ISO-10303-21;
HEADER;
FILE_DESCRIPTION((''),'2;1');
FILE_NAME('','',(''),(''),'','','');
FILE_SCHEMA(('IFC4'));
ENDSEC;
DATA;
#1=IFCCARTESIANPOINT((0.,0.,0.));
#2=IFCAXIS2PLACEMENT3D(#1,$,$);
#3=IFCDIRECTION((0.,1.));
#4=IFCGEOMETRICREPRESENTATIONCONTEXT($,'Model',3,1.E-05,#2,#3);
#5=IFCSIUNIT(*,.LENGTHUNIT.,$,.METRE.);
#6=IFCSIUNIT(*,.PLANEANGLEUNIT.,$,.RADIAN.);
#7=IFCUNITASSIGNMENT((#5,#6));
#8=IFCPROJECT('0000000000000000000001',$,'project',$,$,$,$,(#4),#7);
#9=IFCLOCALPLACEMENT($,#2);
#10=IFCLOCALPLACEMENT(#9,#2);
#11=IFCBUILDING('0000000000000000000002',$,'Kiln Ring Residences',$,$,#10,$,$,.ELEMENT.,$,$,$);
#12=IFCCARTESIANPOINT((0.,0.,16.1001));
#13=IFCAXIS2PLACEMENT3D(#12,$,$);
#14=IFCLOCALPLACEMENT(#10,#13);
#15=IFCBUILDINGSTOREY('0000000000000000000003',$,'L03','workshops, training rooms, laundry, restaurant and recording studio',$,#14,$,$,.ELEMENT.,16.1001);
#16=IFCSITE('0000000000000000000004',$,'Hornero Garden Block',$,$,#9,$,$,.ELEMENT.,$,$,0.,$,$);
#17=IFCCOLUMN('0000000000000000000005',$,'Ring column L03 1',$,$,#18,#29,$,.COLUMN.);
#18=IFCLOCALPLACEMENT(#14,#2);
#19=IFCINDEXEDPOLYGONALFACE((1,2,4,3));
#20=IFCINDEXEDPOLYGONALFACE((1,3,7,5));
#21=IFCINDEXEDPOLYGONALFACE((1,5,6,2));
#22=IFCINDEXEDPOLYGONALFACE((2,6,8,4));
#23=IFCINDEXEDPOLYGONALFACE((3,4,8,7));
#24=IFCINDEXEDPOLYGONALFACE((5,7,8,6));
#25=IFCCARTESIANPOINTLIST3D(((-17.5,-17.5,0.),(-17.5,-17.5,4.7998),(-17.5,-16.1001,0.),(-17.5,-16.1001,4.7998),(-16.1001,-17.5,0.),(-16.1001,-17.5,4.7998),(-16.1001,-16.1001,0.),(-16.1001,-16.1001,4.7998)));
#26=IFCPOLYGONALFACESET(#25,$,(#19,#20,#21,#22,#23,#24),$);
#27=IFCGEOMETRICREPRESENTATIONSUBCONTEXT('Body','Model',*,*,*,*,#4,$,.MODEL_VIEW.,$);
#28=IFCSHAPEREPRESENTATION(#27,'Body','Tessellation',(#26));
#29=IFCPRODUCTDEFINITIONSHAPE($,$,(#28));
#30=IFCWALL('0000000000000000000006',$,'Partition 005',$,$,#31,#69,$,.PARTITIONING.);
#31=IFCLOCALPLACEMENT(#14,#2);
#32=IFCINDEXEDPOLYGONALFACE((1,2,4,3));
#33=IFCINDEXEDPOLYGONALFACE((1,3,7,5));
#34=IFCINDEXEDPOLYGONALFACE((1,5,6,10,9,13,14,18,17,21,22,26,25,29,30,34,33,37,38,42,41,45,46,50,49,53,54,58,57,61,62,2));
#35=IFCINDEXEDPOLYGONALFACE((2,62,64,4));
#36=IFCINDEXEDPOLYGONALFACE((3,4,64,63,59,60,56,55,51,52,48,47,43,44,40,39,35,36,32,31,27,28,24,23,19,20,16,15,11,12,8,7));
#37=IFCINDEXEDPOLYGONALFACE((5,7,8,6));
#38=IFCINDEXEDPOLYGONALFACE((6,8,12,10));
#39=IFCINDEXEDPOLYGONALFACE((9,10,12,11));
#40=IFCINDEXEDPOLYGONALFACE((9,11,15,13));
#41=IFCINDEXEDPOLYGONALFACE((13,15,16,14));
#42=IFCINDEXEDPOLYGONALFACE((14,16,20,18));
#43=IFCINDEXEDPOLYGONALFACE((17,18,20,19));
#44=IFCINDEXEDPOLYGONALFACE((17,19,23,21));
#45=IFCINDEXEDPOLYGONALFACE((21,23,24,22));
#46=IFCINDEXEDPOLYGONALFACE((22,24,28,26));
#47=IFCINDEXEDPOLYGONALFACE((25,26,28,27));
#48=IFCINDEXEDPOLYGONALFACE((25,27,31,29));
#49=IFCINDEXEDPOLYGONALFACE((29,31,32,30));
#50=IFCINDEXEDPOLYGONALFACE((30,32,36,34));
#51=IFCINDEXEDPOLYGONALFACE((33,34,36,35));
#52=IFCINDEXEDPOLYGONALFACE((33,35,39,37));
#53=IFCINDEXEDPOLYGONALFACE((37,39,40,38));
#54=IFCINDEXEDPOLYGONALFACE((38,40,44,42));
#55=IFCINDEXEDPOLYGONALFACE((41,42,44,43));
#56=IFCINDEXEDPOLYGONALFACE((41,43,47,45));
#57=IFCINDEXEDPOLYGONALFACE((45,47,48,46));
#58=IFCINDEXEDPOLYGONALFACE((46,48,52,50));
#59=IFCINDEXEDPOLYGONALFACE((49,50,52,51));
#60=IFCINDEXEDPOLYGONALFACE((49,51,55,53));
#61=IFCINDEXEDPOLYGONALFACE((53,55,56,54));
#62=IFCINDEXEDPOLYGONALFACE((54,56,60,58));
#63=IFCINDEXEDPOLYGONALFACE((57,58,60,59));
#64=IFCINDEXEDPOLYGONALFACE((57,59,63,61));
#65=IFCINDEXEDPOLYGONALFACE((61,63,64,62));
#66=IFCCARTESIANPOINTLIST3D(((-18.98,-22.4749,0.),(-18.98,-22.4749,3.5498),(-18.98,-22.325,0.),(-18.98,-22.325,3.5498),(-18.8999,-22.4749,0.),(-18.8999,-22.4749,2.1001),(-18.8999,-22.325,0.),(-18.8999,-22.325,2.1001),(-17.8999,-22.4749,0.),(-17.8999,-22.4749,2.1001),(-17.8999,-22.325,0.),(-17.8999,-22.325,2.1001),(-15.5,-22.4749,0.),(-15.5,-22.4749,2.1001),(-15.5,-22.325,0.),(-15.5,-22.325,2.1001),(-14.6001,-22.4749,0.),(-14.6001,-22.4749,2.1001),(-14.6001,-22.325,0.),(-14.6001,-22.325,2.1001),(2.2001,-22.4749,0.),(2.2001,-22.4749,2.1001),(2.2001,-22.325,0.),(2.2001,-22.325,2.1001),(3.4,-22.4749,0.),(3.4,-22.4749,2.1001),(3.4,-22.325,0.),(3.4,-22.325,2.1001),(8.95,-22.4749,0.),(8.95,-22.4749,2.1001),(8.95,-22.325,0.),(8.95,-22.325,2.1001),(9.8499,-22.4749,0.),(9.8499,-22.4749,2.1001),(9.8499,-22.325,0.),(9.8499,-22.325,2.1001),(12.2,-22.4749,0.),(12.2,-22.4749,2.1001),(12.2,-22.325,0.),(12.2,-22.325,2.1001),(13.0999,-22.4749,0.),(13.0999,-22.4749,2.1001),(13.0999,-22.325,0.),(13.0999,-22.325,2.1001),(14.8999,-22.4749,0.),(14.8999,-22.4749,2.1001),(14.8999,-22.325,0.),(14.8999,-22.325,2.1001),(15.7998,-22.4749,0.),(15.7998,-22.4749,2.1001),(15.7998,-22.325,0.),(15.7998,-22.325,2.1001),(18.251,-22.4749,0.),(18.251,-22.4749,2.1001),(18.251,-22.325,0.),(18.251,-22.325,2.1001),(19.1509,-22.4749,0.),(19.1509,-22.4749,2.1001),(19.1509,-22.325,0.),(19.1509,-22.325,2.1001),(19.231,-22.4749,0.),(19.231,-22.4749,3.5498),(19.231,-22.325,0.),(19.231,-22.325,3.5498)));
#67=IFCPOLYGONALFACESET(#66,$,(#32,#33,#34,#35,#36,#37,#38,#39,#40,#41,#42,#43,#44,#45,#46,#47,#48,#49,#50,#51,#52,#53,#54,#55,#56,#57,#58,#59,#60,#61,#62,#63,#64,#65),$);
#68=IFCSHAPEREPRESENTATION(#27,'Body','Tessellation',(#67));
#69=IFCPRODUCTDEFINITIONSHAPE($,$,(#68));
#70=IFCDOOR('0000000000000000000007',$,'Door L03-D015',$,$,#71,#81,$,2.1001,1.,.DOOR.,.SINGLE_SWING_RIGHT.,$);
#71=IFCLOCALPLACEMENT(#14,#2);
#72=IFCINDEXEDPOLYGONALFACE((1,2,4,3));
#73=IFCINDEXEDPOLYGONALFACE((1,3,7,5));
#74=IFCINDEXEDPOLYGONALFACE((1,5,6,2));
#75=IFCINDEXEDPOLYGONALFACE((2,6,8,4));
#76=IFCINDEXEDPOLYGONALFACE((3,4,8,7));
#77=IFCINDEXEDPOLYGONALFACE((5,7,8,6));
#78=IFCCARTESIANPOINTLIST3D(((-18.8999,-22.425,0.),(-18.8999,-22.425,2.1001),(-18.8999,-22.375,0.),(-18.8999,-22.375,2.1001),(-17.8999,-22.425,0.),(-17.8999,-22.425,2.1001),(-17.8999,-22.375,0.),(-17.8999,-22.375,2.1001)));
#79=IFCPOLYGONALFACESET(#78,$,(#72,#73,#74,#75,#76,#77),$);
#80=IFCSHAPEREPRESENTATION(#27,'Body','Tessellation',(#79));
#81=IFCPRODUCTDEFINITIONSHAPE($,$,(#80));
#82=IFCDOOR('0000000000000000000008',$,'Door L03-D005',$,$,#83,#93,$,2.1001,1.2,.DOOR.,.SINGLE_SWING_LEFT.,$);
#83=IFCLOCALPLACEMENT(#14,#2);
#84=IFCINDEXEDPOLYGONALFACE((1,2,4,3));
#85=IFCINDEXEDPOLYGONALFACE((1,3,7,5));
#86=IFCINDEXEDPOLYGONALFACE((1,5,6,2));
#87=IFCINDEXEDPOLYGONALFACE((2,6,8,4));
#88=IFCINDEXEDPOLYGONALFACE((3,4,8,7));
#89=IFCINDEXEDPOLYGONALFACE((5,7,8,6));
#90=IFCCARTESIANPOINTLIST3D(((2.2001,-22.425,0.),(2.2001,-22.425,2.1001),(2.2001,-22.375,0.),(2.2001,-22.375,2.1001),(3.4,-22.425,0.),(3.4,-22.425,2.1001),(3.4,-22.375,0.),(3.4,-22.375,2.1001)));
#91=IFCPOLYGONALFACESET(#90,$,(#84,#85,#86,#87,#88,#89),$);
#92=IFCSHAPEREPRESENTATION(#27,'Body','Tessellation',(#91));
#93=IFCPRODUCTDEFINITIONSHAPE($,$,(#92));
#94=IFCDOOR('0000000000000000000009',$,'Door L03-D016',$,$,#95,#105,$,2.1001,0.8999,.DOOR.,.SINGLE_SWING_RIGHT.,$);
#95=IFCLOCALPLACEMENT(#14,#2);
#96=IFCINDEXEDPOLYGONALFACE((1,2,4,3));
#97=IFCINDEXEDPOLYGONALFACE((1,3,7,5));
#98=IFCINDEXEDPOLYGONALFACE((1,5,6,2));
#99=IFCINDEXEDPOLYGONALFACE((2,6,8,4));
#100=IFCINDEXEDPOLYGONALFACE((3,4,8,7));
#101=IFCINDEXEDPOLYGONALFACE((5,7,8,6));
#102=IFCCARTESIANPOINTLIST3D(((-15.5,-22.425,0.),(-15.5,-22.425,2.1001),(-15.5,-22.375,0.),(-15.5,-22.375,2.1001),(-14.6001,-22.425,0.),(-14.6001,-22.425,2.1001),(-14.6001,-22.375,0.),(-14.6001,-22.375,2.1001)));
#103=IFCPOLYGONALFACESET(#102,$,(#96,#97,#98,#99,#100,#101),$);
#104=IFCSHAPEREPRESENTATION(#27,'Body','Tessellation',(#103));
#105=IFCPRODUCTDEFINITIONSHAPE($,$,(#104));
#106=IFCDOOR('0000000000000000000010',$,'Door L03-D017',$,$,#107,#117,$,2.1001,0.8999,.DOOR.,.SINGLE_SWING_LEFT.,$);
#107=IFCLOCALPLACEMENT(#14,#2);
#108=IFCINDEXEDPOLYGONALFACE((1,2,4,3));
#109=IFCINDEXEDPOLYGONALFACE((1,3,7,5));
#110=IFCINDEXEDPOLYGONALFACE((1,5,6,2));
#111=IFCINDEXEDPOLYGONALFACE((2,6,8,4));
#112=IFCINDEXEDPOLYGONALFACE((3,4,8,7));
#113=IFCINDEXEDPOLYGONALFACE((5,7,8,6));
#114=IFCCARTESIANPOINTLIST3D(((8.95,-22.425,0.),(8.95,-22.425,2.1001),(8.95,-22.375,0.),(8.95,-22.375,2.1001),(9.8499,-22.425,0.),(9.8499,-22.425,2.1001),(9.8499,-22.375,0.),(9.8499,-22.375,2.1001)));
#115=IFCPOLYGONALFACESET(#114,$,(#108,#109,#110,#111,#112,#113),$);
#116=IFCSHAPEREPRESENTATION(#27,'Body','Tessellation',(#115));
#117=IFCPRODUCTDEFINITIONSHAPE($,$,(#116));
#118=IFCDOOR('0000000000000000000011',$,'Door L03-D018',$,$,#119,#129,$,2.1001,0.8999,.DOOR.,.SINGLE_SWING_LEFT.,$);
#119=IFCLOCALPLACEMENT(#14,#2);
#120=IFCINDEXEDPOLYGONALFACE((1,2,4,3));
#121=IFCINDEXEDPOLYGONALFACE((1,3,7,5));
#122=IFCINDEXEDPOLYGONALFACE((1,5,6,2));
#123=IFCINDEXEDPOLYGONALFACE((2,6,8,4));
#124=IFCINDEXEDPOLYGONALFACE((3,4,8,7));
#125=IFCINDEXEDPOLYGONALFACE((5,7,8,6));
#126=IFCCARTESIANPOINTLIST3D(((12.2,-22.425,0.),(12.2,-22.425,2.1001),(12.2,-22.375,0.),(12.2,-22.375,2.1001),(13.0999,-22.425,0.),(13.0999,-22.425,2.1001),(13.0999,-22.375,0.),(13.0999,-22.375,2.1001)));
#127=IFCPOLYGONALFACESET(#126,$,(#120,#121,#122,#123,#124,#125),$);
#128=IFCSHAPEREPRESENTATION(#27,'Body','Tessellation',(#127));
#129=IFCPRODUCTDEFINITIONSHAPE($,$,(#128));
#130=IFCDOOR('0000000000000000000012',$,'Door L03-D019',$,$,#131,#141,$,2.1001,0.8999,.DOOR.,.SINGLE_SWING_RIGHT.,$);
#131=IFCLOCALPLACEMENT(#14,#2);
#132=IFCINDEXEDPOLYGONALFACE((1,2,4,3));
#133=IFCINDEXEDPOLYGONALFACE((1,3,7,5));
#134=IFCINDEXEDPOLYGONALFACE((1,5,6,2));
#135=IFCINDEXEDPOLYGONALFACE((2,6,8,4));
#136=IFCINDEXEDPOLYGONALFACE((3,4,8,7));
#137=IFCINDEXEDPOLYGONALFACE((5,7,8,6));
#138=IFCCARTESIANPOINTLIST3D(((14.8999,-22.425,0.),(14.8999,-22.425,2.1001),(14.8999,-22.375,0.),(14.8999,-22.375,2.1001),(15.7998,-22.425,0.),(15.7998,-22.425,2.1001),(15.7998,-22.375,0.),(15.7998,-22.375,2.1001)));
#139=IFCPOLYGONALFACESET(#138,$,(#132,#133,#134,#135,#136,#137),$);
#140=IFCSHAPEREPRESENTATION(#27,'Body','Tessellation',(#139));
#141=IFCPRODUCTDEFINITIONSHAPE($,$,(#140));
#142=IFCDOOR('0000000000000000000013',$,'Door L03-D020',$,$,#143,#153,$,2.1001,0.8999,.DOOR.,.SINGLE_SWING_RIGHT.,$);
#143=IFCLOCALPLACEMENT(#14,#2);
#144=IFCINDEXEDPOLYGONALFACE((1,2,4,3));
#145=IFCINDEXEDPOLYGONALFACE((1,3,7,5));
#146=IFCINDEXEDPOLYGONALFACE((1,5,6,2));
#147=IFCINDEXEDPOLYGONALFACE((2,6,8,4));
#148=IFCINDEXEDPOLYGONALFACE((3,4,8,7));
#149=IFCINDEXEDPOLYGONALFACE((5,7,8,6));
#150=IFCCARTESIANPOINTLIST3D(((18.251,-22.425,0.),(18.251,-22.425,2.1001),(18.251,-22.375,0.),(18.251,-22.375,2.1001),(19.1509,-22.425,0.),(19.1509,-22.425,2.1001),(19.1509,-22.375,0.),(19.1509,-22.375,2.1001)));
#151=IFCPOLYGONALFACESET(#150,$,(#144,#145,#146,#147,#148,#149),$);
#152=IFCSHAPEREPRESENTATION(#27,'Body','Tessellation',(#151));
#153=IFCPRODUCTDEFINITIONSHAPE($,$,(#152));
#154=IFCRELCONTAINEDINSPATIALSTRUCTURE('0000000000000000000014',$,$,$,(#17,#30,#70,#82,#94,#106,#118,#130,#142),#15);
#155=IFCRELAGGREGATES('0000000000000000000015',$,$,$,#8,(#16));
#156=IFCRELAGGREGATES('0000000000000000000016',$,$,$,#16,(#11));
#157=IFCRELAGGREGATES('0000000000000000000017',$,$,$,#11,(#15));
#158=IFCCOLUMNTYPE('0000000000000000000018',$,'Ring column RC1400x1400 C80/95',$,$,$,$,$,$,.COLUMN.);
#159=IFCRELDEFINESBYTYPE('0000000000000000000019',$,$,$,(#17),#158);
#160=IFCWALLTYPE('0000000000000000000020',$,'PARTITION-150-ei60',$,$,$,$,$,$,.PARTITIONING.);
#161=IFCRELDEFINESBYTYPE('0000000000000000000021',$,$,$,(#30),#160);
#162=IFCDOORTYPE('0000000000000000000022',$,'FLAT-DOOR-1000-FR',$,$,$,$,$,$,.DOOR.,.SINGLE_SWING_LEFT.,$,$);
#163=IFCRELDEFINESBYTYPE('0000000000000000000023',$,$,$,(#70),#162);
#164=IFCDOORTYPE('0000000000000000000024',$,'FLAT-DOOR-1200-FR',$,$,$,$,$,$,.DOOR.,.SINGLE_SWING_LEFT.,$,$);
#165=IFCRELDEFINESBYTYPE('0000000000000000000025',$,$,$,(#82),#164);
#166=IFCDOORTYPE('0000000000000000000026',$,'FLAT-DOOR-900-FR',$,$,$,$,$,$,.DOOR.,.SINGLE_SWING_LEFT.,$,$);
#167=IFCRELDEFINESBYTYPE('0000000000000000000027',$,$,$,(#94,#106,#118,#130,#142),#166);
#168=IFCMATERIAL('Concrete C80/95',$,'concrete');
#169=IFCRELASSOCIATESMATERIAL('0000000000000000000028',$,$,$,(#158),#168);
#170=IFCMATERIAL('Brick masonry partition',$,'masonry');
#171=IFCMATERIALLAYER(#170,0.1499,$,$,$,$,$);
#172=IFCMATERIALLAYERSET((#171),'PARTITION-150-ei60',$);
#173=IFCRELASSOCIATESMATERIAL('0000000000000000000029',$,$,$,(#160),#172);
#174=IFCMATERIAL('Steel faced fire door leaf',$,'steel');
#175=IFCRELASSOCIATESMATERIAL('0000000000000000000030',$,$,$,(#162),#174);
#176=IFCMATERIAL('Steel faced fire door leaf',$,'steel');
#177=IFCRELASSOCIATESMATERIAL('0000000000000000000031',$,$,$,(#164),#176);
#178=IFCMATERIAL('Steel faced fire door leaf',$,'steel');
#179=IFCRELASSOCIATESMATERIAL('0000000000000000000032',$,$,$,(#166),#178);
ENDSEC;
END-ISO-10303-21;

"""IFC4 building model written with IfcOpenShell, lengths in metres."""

from ifc_helpers import new_model, si_unit, direction, frame, frame_2d, origin, origin_2d, place, context, subcontext, project, spatial, rectangle, extrude, material, layer, layer_set, material_profile, profile_set, type_object, element, fill, save


model = new_model("IFC4")

# Units and contexts
model_context = context("Model", 3, precision=1e-05, world=origin(), true_north=direction((0.0, 1.0)))
body_context = subcontext(model_context, "Body", "Model", "MODEL_VIEW")
ifc_project = project(units=[si_unit("LENGTHUNIT", "METRE"), si_unit("PLANEANGLEUNIT", "RADIAN")], contexts=[model_context])

# Site, building, storey
site_placement = place(None, origin())
site = spatial("IfcSite", under=ifc_project, at=site_placement, Name="Hornero Garden Block", CompositionType="ELEMENT", RefElevation=0.0)
building_placement = place(site_placement, origin())
building = spatial("IfcBuilding", under=site, at=building_placement, Name="Kiln Ring Residences", CompositionType="ELEMENT")
storey_placement = place(building_placement, frame((0.0, 0.0, 16.1001)))
storey = spatial("IfcBuildingStorey", under=building, at=storey_placement, Name="L03", Description="workshops, training rooms, laundry, restaurant and recording studio", CompositionType="ELEMENT", Elevation=16.1001)

# Column
ifc_material_1 = material(Name="Concrete C80/95", Category="concrete")
ifc_material_profile = material_profile(ifc_material_1, rectangle(XDim=1.3999, YDim=1.3999, at=origin_2d()), Name="RC1400x1400")
ifc_profile_set = profile_set([ifc_material_profile], Name="Concrete C80/95")
column_type = type_object("IfcColumnType", Name="Ring column RC1400x1400 C80/95", PredefinedType="COLUMN", material=ifc_profile_set)
column_placement = place(storey_placement, frame((-16.8, -16.8, 0.0), z_axis=(0.0, 0.0, 1.0), x_axis=(1.0, 0.0, 0.0)))
element("IfcColumn", 1, at=column_placement, inside=storey, type_object=column_type, Name="Ring column L03 1", PredefinedType="COLUMN", context=body_context, shape_type="SweptSolid", body=[
    extrude(rectangle(XDim=1.3999, YDim=1.3999, at=origin_2d()), origin(), (0.0, 0.0, 1.0), 4.7998),
])

# Wall, openings, doors
ifc_material_2 = material(Name="Brick masonry partition", Category="masonry")
ifc_layer = layer(ifc_material_2, 0.1499)
ifc_layer_set = layer_set([ifc_layer], Name="PARTITION-150-ei60")
wall_type = type_object("IfcWallType", Name="PARTITION-150-ei60", PredefinedType="PARTITIONING", material=ifc_layer_set)
wall_1_placement = place(storey_placement, frame((-18.98, -22.3999, 0.0), z_axis=(0.0, 0.0, 1.0), x_axis=(1.0, 0.0, 0.0)))
wall_1 = element("IfcWall", 2, at=wall_1_placement, inside=storey, type_object=wall_type, Name="Partition 005", PredefinedType="PARTITIONING", context=body_context, shape_type="SweptSolid", body=[
    extrude(rectangle(XDim=38.2109, YDim=0.1499, at=frame_2d((19.1055, 0.0))), origin(), (0.0, 0.0, 1.0), 3.5498),
])
opening_1_placement = place(wall_1_placement, frame((21.1799, 0.0, 0.0)))
opening_1 = element("IfcOpeningElement", 3, at=opening_1_placement, cuts=wall_1, PredefinedType="OPENING", context=body_context, shape_type="SweptSolid", body=[
    extrude(rectangle(XDim=1.2, YDim=2.1001, at=frame_2d((0.6001, 1.05))), frame((0.0, 0.085, 0.0), z_axis=(0.0, -1.0, 0.0), x_axis=(1.0, 0.0, 0.0)), (0.0, 0.0, 1.0), 0.1699),
])
opening_2_placement = place(wall_1_placement, frame((0.0801, 0.0, 0.0)))
opening_2 = element("IfcOpeningElement", 4, at=opening_2_placement, cuts=wall_1, PredefinedType="OPENING", context=body_context, shape_type="SweptSolid", body=[
    extrude(rectangle(XDim=1.0, YDim=2.1001, at=frame_2d((0.5, 1.05))), frame((0.0, 0.085, 0.0), z_axis=(0.0, -1.0, 0.0), x_axis=(1.0, 0.0, 0.0)), (0.0, 0.0, 1.0), 0.1699),
])
opening_3_placement = place(wall_1_placement, frame((3.48, 0.0, 0.0)))
opening_3 = element("IfcOpeningElement", 5, at=opening_3_placement, cuts=wall_1, PredefinedType="OPENING", context=body_context, shape_type="SweptSolid", body=[
    extrude(rectangle(XDim=0.8999, YDim=2.1001, at=frame_2d((0.45, 1.05))), frame((0.0, 0.085, 0.0), z_axis=(0.0, -1.0, 0.0), x_axis=(1.0, 0.0, 0.0)), (0.0, 0.0, 1.0), 0.1699),
])
opening_4_placement = place(wall_1_placement, frame((27.9299, 0.0, 0.0)))
opening_4 = element("IfcOpeningElement", 6, at=opening_4_placement, cuts=wall_1, PredefinedType="OPENING", context=body_context, shape_type="SweptSolid", body=[
    extrude(rectangle(XDim=0.8999, YDim=2.1001, at=frame_2d((0.45, 1.05))), frame((0.0, 0.085, 0.0), z_axis=(0.0, -1.0, 0.0), x_axis=(1.0, 0.0, 0.0)), (0.0, 0.0, 1.0), 0.1699),
])
opening_5_placement = place(wall_1_placement, frame((31.1799, 0.0, 0.0)))
opening_5 = element("IfcOpeningElement", 7, at=opening_5_placement, cuts=wall_1, PredefinedType="OPENING", context=body_context, shape_type="SweptSolid", body=[
    extrude(rectangle(XDim=0.8999, YDim=2.1001, at=frame_2d((0.45, 1.05))), frame((0.0, 0.085, 0.0), z_axis=(0.0, -1.0, 0.0), x_axis=(1.0, 0.0, 0.0)), (0.0, 0.0, 1.0), 0.1699),
])
opening_6_placement = place(wall_1_placement, frame((33.8799, 0.0, 0.0)))
opening_6 = element("IfcOpeningElement", 8, at=opening_6_placement, cuts=wall_1, PredefinedType="OPENING", context=body_context, shape_type="SweptSolid", body=[
    extrude(rectangle(XDim=0.8999, YDim=2.1001, at=frame_2d((0.45, 1.05))), frame((0.0, 0.085, 0.0), z_axis=(0.0, -1.0, 0.0), x_axis=(1.0, 0.0, 0.0)), (0.0, 0.0, 1.0), 0.1699),
])
opening_7_placement = place(wall_1_placement, frame((37.231, 0.0, 0.0)))
opening_7 = element("IfcOpeningElement", 9, at=opening_7_placement, cuts=wall_1, PredefinedType="OPENING", context=body_context, shape_type="SweptSolid", body=[
    extrude(rectangle(XDim=0.8999, YDim=2.1001, at=frame_2d((0.45, 1.05))), frame((0.0, 0.085, 0.0), z_axis=(0.0, -1.0, 0.0), x_axis=(1.0, 0.0, 0.0)), (0.0, 0.0, 1.0), 0.1699),
])
ifc_material_3 = material(Name="Steel faced fire door leaf", Category="steel")
door_type_1 = type_object("IfcDoorType", Name="FLAT-DOOR-1000-FR", OperationType="SINGLE_SWING_LEFT", PredefinedType="DOOR", material=ifc_material_3)
door_1_placement = place(opening_2_placement, origin())
door_1 = element("IfcDoor", 10, at=door_1_placement, inside=storey, type_object=door_type_1, Name="Door L03-D015", OperationType="SINGLE_SWING_RIGHT", OverallHeight=2.1001, OverallWidth=1.0, PredefinedType="DOOR", context=body_context, shape_type="SweptSolid", body=[
    extrude(rectangle(XDim=1.0, YDim=2.1001, at=frame_2d((0.5, 1.05))), frame((0.0, 0.0249, 0.0), z_axis=(0.0, -1.0, 0.0), x_axis=(1.0, 0.0, 0.0)), (0.0, 0.0, 1.0), 0.05),
])
fill(opening_2, door_1)
ifc_material_4 = material(Name="Steel faced fire door leaf", Category="steel")
door_type_2 = type_object("IfcDoorType", Name="FLAT-DOOR-1200-FR", OperationType="SINGLE_SWING_LEFT", PredefinedType="DOOR", material=ifc_material_4)
door_2_placement = place(opening_1_placement, origin())
door_2 = element("IfcDoor", 11, at=door_2_placement, inside=storey, type_object=door_type_2, Name="Door L03-D005", OperationType="SINGLE_SWING_LEFT", OverallHeight=2.1001, OverallWidth=1.2, PredefinedType="DOOR", context=body_context, shape_type="SweptSolid", body=[
    extrude(rectangle(XDim=1.2, YDim=2.1001, at=frame_2d((0.6001, 1.05))), frame((0.0, 0.0249, 0.0), z_axis=(0.0, -1.0, 0.0), x_axis=(1.0, 0.0, 0.0)), (0.0, 0.0, 1.0), 0.05),
])
fill(opening_1, door_2)
ifc_material_5 = material(Name="Steel faced fire door leaf", Category="steel")
door_type_3 = type_object("IfcDoorType", Name="FLAT-DOOR-900-FR", OperationType="SINGLE_SWING_LEFT", PredefinedType="DOOR", material=ifc_material_5)
door_3_placement = place(opening_3_placement, origin())
door_3 = element("IfcDoor", 12, at=door_3_placement, inside=storey, type_object=door_type_3, Name="Door L03-D016", OperationType="SINGLE_SWING_RIGHT", OverallHeight=2.1001, OverallWidth=0.8999, PredefinedType="DOOR", context=body_context, shape_type="SweptSolid", body=[
    extrude(rectangle(XDim=0.8999, YDim=2.1001, at=frame_2d((0.45, 1.05))), frame((0.0, 0.0249, 0.0), z_axis=(0.0, -1.0, 0.0), x_axis=(1.0, 0.0, 0.0)), (0.0, 0.0, 1.0), 0.05),
])
fill(opening_3, door_3)
door_4_placement = place(opening_4_placement, origin())
door_4 = element("IfcDoor", 13, at=door_4_placement, inside=storey, type_object=door_type_3, Name="Door L03-D017", OperationType="SINGLE_SWING_LEFT", OverallHeight=2.1001, OverallWidth=0.8999, PredefinedType="DOOR", context=body_context, shape_type="SweptSolid", body=[
    extrude(rectangle(XDim=0.8999, YDim=2.1001, at=frame_2d((0.45, 1.05))), frame((0.0, 0.0249, 0.0), z_axis=(0.0, -1.0, 0.0), x_axis=(1.0, 0.0, 0.0)), (0.0, 0.0, 1.0), 0.05),
])
fill(opening_4, door_4)
door_5_placement = place(opening_5_placement, origin())
door_5 = element("IfcDoor", 14, at=door_5_placement, inside=storey, type_object=door_type_3, Name="Door L03-D018", OperationType="SINGLE_SWING_LEFT", OverallHeight=2.1001, OverallWidth=0.8999, PredefinedType="DOOR", context=body_context, shape_type="SweptSolid", body=[
    extrude(rectangle(XDim=0.8999, YDim=2.1001, at=frame_2d((0.45, 1.05))), frame((0.0, 0.0249, 0.0), z_axis=(0.0, -1.0, 0.0), x_axis=(1.0, 0.0, 0.0)), (0.0, 0.0, 1.0), 0.05),
])
fill(opening_5, door_5)
door_6_placement = place(opening_6_placement, origin())
door_6 = element("IfcDoor", 15, at=door_6_placement, inside=storey, type_object=door_type_3, Name="Door L03-D019", OperationType="SINGLE_SWING_RIGHT", OverallHeight=2.1001, OverallWidth=0.8999, PredefinedType="DOOR", context=body_context, shape_type="SweptSolid", body=[
    extrude(rectangle(XDim=0.8999, YDim=2.1001, at=frame_2d((0.45, 1.05))), frame((0.0, 0.0249, 0.0), z_axis=(0.0, -1.0, 0.0), x_axis=(1.0, 0.0, 0.0)), (0.0, 0.0, 1.0), 0.05),
])
fill(opening_6, door_6)
door_7_placement = place(opening_7_placement, origin())
door_7 = element("IfcDoor", 16, at=door_7_placement, inside=storey, type_object=door_type_3, Name="Door L03-D020", OperationType="SINGLE_SWING_RIGHT", OverallHeight=2.1001, OverallWidth=0.8999, PredefinedType="DOOR", context=body_context, shape_type="SweptSolid", body=[
    extrude(rectangle(XDim=0.8999, YDim=2.1001, at=frame_2d((0.45, 1.05))), frame((0.0, 0.0249, 0.0), z_axis=(0.0, -1.0, 0.0), x_axis=(1.0, 0.0, 0.0)), (0.0, 0.0, 1.0), 0.05),
])
fill(opening_7, door_7)

save(model, "model.ifc")
